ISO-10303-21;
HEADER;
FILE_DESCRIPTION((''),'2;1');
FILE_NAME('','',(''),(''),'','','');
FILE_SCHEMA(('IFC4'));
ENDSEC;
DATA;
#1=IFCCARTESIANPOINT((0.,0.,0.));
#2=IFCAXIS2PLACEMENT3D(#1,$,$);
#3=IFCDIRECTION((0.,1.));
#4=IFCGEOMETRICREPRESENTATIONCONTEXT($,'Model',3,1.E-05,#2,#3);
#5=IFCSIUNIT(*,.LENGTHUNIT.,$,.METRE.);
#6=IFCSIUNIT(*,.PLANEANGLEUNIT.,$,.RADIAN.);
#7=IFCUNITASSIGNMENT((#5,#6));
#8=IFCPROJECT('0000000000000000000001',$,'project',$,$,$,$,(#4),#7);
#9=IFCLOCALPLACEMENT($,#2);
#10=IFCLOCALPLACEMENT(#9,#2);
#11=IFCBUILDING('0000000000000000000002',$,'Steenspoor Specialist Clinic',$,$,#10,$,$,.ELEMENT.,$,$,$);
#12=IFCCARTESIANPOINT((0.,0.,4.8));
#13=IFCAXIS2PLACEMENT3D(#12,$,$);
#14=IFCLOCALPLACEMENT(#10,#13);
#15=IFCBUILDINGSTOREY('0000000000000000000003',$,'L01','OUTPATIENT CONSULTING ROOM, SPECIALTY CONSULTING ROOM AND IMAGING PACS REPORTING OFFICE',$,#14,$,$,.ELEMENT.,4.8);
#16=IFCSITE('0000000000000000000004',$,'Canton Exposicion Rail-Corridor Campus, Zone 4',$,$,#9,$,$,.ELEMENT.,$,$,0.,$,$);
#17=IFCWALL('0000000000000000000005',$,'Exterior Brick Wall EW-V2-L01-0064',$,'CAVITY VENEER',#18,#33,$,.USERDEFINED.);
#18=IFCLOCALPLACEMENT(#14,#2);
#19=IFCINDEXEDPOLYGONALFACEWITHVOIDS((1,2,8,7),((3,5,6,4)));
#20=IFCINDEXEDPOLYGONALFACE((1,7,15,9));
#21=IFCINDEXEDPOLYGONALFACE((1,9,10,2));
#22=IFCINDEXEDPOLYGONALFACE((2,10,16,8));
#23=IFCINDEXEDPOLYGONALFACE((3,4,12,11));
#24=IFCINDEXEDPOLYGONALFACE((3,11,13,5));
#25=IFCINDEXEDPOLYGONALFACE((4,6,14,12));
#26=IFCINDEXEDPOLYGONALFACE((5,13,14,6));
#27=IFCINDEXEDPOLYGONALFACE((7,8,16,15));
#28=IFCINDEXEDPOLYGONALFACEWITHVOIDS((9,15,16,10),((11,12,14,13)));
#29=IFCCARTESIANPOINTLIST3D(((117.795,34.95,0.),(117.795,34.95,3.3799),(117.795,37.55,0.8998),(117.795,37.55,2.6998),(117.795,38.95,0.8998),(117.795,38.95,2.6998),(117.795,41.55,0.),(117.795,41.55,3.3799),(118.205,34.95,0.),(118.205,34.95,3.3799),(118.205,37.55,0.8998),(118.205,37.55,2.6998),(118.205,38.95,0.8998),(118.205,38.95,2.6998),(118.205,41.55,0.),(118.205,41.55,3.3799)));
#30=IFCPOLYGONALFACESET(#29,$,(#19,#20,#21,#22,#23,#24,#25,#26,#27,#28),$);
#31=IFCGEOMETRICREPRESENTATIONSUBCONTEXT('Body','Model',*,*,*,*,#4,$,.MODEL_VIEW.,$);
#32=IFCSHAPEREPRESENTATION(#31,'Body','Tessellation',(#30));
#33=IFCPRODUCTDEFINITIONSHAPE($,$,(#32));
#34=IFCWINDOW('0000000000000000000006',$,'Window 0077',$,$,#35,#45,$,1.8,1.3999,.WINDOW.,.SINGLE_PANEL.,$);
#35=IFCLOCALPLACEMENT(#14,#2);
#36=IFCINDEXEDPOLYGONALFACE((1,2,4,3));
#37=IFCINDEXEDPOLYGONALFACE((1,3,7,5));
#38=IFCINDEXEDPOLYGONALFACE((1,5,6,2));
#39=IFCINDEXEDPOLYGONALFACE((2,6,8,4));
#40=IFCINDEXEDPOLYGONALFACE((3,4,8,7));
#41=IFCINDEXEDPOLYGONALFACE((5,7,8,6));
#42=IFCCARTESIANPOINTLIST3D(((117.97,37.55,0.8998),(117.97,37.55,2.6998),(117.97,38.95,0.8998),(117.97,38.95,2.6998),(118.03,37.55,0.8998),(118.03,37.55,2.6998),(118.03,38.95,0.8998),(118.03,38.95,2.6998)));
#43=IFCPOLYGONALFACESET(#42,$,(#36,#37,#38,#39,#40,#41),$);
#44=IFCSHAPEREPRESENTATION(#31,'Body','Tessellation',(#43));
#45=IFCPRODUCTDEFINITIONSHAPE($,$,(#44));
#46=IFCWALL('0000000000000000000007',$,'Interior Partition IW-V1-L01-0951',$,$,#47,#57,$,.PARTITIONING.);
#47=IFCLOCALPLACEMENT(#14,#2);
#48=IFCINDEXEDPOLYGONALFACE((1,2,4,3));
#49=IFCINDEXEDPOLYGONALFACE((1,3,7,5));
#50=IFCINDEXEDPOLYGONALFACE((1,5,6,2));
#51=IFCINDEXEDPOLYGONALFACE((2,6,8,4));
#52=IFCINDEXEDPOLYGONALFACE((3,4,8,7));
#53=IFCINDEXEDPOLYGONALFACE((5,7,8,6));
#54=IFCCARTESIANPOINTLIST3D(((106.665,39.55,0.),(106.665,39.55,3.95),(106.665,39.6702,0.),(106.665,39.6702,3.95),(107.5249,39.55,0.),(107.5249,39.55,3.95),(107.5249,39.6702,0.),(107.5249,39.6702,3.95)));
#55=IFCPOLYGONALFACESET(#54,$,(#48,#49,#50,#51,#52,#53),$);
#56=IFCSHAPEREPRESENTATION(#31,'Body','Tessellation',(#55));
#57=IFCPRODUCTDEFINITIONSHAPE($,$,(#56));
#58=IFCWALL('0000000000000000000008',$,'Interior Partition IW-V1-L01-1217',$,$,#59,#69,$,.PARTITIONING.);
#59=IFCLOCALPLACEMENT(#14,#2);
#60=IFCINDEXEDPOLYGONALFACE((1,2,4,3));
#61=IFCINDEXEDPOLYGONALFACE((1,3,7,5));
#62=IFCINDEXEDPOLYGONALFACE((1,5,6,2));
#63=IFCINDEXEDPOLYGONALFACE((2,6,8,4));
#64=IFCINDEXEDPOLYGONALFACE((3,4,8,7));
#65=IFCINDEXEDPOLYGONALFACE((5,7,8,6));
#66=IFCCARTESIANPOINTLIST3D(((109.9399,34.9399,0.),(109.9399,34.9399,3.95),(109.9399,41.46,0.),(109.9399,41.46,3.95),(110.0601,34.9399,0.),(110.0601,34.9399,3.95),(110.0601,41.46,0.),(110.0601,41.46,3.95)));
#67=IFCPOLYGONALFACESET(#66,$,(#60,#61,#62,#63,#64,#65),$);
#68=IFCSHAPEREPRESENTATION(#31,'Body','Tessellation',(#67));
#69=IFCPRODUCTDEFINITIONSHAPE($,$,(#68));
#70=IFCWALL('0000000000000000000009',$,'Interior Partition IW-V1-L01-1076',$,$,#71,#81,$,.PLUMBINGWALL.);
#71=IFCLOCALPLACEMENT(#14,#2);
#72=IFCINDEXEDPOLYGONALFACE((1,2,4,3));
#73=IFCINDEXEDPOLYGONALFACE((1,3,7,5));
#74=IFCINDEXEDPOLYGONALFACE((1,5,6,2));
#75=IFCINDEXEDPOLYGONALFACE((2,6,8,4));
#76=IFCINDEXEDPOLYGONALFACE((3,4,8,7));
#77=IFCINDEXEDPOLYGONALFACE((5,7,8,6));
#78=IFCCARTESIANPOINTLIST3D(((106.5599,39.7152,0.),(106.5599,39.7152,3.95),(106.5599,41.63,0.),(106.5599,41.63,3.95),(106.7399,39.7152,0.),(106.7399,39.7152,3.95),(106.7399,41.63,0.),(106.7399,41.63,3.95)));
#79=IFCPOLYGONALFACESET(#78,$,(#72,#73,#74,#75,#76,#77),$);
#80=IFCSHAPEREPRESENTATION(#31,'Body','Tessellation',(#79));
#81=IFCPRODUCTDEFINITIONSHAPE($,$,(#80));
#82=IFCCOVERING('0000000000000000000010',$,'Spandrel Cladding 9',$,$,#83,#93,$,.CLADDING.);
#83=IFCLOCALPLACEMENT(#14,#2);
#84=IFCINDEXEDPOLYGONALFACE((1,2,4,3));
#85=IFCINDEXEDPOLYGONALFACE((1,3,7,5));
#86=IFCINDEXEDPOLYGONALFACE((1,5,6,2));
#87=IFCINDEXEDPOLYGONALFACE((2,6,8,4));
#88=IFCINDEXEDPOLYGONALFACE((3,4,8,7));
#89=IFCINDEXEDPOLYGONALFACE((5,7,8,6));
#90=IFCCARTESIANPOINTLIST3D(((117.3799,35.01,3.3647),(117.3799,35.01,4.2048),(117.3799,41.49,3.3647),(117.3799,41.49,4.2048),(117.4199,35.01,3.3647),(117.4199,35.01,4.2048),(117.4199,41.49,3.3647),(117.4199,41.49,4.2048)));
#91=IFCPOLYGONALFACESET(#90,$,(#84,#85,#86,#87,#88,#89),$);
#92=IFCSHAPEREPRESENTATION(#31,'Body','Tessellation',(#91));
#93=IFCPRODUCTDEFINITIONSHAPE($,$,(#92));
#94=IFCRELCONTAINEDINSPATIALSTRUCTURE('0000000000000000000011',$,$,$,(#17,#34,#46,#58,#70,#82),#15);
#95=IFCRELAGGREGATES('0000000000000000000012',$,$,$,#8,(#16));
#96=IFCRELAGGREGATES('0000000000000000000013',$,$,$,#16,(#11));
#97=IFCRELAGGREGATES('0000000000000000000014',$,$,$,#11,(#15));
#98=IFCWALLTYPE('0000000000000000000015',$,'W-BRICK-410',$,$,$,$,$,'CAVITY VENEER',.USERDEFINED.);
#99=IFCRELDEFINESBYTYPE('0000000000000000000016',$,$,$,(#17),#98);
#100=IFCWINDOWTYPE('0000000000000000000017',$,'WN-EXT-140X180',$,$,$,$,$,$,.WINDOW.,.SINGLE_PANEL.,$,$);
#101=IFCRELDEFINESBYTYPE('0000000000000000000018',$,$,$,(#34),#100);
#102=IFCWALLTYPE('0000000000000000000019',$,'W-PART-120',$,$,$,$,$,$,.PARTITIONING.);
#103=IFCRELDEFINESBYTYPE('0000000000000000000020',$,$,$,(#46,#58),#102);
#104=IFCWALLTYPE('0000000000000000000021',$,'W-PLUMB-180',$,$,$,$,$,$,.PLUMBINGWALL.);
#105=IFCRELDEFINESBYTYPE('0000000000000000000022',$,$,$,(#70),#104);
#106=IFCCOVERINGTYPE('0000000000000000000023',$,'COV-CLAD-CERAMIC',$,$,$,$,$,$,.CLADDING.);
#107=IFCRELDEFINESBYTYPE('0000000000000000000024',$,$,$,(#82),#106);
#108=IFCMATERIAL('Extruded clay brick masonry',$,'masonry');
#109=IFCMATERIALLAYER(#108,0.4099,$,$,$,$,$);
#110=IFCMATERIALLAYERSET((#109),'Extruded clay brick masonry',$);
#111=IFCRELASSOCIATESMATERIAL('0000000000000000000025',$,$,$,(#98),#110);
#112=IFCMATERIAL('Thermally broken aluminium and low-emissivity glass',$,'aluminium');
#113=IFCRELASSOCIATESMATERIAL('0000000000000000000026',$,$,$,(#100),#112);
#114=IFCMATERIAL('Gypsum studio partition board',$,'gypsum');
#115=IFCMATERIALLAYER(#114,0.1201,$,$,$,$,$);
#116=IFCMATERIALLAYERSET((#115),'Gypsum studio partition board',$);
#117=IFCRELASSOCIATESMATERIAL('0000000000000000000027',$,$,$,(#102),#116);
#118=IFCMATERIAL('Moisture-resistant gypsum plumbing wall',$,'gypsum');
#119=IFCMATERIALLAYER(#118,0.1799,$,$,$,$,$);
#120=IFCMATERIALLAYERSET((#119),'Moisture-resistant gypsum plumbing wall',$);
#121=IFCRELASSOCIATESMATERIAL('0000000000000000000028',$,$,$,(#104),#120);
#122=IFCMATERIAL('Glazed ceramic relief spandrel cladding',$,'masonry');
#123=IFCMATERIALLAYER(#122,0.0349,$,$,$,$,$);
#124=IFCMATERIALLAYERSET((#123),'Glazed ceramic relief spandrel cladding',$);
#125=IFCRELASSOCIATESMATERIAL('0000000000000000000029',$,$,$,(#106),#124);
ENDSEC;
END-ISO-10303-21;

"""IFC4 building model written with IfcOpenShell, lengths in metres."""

from ifc_helpers import new_model, si_unit, direction, frame, frame_2d, origin, origin_2d, place, context, subcontext, project, spatial, rectangle, extrude, material, layer, layer_set, type_object, element, fill, save


model = new_model("IFC4")

# Units and contexts
model_context = context("Model", 3, precision=1e-05, world=origin(), true_north=direction((0.0, 1.0)))
body_context = subcontext(model_context, "Body", "Model", "MODEL_VIEW")
ifc_project = project(units=[si_unit("LENGTHUNIT", "METRE"), si_unit("PLANEANGLEUNIT", "RADIAN")], contexts=[model_context])

# Site, building, storey
site_placement = place(None, origin())
site = spatial("IfcSite", under=ifc_project, at=site_placement, Name="Canton Exposicion Rail-Corridor Campus, Zone 4", CompositionType="ELEMENT", RefElevation=0.0)
building_placement = place(site_placement, origin())
building = spatial("IfcBuilding", under=site, at=building_placement, Name="Steenspoor Specialist Clinic", CompositionType="ELEMENT")
storey_placement = place(building_placement, frame((0.0, 0.0, 4.8)))
storey = spatial("IfcBuildingStorey", under=building, at=storey_placement, Name="L01", Description="OUTPATIENT CONSULTING ROOM, SPECIALTY CONSULTING ROOM AND IMAGING PACS REPORTING OFFICE", CompositionType="ELEMENT", Elevation=4.8)

# Shared definitions
ifc_material_1 = material(Name="Thermally broken aluminium and low-emissivity glass", Category="aluminium")

# Wall, opening, window
ifc_material_2 = material(Name="Extruded clay brick masonry", Category="masonry")
ifc_layer_1 = layer(ifc_material_2, 0.4099)
ifc_layer_set_1 = layer_set([ifc_layer_1], Name="Extruded clay brick masonry")
wall_type_1 = type_object("IfcWallType", Name="W-BRICK-410", ElementType="CAVITY VENEER", PredefinedType="USERDEFINED", material=ifc_layer_set_1)
wall_1_placement = place(storey_placement, frame((118.0, 34.95, 0.0), z_axis=(0.0, 0.0, 1.0), x_axis=(0.0, 1.0, 0.0)))
wall_1 = element("IfcWall", 1, at=wall_1_placement, inside=storey, type_object=wall_type_1, Name="Exterior Brick Wall EW-V2-L01-0064", ObjectType="CAVITY VENEER", PredefinedType="USERDEFINED", context=body_context, shape_type="SweptSolid", body=[
    extrude(rectangle(XDim=6.6001, YDim=0.4099, at=frame_2d((3.3, 0.0))), origin(), (0.0, 0.0, 1.0), 3.3799),
])
opening_1_placement = place(wall_1_placement, frame((2.6001, 0.0, 0.8999)))
opening_1 = element("IfcOpeningElement", 2, at=opening_1_placement, cuts=wall_1, PredefinedType="OPENING", context=body_context, shape_type="SweptSolid", body=[
    extrude(rectangle(XDim=1.3999, YDim=1.8, at=frame_2d((0.7, 0.8999))), frame((0.0, 0.2148, 0.0), z_axis=(0.0, -1.0, 0.0), x_axis=(1.0, 0.0, 0.0)), (0.0, 0.0, 1.0), 0.4299),
])
window_type_1 = type_object("IfcWindowType", Name="WN-EXT-140X180", PartitioningType="SINGLE_PANEL", PredefinedType="WINDOW", material=ifc_material_1)
window_1_placement = place(opening_1_placement, origin())
window_1 = element("IfcWindow", 3, at=window_1_placement, inside=storey, type_object=window_type_1, Name="Window 0077", OverallHeight=1.8, OverallWidth=1.3999, PartitioningType="SINGLE_PANEL", PredefinedType="WINDOW", context=body_context, shape_type="SweptSolid", body=[
    extrude(rectangle(XDim=1.3999, YDim=1.8, at=frame_2d((0.7, 0.8999))), frame((0.0, 0.03, 0.0), z_axis=(0.0, -1.0, 0.0), x_axis=(1.0, 0.0, 0.0)), (0.0, 0.0, 1.0), 0.0601),
])
fill(opening_1, window_1)

# Walls
ifc_material_3 = material(Name="Gypsum studio partition board", Category="gypsum")
ifc_layer_2 = layer(ifc_material_3, 0.1201)
ifc_layer_set_2 = layer_set([ifc_layer_2], Name="Gypsum studio partition board")
wall_type_2 = type_object("IfcWallType", Name="W-PART-120", PredefinedType="PARTITIONING", material=ifc_layer_set_2)
wall_2_placement = place(storey_placement, frame((106.665, 39.6101, 0.0), z_axis=(0.0, 0.0, 1.0), x_axis=(1.0, 0.0, 0.0)))
element("IfcWall", 4, at=wall_2_placement, inside=storey, type_object=wall_type_2, Name="Interior Partition IW-V1-L01-0951", PredefinedType="PARTITIONING", context=body_context, shape_type="SweptSolid", body=[
    extrude(rectangle(XDim=0.8599, YDim=0.1201, at=frame_2d((0.4299, 0.0))), origin(), (0.0, 0.0, 1.0), 3.95),
])
wall_3_placement = place(storey_placement, frame((110.0, 34.9399, 0.0), z_axis=(0.0, 0.0, 1.0), x_axis=(0.0, 1.0, 0.0)))
element("IfcWall", 5, at=wall_3_placement, inside=storey, type_object=wall_type_2, Name="Interior Partition IW-V1-L01-1217", PredefinedType="PARTITIONING", context=body_context, shape_type="SweptSolid", body=[
    extrude(rectangle(XDim=6.52, YDim=0.1201, at=frame_2d((3.26, 0.0))), origin(), (0.0, 0.0, 1.0), 3.95),
])
ifc_material_4 = material(Name="Moisture-resistant gypsum plumbing wall", Category="gypsum")
ifc_layer_3 = layer(ifc_material_4, 0.1799)
ifc_layer_set_3 = layer_set([ifc_layer_3], Name="Moisture-resistant gypsum plumbing wall")
wall_type_3 = type_object("IfcWallType", Name="W-PLUMB-180", PredefinedType="PLUMBINGWALL", material=ifc_layer_set_3)
wall_4_placement = place(storey_placement, frame((106.6499, 39.7151, 0.0), z_axis=(0.0, 0.0, 1.0), x_axis=(0.0, 1.0, 0.0)))
element("IfcWall", 6, at=wall_4_placement, inside=storey, type_object=wall_type_3, Name="Interior Partition IW-V1-L01-1076", PredefinedType="PLUMBINGWALL", context=body_context, shape_type="SweptSolid", body=[
    extrude(rectangle(XDim=1.9148, YDim=0.1799, at=frame_2d((0.9575, 0.0))), origin(), (0.0, 0.0, 1.0), 3.95),
])

# Covering
ifc_material_5 = material(Name="Glazed ceramic relief spandrel cladding", Category="masonry")
ifc_layer_4 = layer(ifc_material_5, 0.0349)
ifc_layer_set_4 = layer_set([ifc_layer_4], Name="Glazed ceramic relief spandrel cladding")
covering_type = type_object("IfcCoveringType", Name="COV-CLAD-CERAMIC", PredefinedType="CLADDING", material=ifc_layer_set_4)
covering_placement = place(storey_placement, frame((117.3999, 38.25, 3.3647), z_axis=(0.0, 0.0, 1.0), x_axis=(0.0, -1.0, 0.0)))
element("IfcCovering", 7, at=covering_placement, inside=storey, type_object=covering_type, Name="Spandrel Cladding 9", PredefinedType="CLADDING", context=body_context, shape_type="SweptSolid", body=[
    extrude(rectangle(XDim=6.48, YDim=0.04, at=origin_2d()), origin(), (0.0, 0.0, 1.0), 0.8401),
])

save(model, "model.ifc")
